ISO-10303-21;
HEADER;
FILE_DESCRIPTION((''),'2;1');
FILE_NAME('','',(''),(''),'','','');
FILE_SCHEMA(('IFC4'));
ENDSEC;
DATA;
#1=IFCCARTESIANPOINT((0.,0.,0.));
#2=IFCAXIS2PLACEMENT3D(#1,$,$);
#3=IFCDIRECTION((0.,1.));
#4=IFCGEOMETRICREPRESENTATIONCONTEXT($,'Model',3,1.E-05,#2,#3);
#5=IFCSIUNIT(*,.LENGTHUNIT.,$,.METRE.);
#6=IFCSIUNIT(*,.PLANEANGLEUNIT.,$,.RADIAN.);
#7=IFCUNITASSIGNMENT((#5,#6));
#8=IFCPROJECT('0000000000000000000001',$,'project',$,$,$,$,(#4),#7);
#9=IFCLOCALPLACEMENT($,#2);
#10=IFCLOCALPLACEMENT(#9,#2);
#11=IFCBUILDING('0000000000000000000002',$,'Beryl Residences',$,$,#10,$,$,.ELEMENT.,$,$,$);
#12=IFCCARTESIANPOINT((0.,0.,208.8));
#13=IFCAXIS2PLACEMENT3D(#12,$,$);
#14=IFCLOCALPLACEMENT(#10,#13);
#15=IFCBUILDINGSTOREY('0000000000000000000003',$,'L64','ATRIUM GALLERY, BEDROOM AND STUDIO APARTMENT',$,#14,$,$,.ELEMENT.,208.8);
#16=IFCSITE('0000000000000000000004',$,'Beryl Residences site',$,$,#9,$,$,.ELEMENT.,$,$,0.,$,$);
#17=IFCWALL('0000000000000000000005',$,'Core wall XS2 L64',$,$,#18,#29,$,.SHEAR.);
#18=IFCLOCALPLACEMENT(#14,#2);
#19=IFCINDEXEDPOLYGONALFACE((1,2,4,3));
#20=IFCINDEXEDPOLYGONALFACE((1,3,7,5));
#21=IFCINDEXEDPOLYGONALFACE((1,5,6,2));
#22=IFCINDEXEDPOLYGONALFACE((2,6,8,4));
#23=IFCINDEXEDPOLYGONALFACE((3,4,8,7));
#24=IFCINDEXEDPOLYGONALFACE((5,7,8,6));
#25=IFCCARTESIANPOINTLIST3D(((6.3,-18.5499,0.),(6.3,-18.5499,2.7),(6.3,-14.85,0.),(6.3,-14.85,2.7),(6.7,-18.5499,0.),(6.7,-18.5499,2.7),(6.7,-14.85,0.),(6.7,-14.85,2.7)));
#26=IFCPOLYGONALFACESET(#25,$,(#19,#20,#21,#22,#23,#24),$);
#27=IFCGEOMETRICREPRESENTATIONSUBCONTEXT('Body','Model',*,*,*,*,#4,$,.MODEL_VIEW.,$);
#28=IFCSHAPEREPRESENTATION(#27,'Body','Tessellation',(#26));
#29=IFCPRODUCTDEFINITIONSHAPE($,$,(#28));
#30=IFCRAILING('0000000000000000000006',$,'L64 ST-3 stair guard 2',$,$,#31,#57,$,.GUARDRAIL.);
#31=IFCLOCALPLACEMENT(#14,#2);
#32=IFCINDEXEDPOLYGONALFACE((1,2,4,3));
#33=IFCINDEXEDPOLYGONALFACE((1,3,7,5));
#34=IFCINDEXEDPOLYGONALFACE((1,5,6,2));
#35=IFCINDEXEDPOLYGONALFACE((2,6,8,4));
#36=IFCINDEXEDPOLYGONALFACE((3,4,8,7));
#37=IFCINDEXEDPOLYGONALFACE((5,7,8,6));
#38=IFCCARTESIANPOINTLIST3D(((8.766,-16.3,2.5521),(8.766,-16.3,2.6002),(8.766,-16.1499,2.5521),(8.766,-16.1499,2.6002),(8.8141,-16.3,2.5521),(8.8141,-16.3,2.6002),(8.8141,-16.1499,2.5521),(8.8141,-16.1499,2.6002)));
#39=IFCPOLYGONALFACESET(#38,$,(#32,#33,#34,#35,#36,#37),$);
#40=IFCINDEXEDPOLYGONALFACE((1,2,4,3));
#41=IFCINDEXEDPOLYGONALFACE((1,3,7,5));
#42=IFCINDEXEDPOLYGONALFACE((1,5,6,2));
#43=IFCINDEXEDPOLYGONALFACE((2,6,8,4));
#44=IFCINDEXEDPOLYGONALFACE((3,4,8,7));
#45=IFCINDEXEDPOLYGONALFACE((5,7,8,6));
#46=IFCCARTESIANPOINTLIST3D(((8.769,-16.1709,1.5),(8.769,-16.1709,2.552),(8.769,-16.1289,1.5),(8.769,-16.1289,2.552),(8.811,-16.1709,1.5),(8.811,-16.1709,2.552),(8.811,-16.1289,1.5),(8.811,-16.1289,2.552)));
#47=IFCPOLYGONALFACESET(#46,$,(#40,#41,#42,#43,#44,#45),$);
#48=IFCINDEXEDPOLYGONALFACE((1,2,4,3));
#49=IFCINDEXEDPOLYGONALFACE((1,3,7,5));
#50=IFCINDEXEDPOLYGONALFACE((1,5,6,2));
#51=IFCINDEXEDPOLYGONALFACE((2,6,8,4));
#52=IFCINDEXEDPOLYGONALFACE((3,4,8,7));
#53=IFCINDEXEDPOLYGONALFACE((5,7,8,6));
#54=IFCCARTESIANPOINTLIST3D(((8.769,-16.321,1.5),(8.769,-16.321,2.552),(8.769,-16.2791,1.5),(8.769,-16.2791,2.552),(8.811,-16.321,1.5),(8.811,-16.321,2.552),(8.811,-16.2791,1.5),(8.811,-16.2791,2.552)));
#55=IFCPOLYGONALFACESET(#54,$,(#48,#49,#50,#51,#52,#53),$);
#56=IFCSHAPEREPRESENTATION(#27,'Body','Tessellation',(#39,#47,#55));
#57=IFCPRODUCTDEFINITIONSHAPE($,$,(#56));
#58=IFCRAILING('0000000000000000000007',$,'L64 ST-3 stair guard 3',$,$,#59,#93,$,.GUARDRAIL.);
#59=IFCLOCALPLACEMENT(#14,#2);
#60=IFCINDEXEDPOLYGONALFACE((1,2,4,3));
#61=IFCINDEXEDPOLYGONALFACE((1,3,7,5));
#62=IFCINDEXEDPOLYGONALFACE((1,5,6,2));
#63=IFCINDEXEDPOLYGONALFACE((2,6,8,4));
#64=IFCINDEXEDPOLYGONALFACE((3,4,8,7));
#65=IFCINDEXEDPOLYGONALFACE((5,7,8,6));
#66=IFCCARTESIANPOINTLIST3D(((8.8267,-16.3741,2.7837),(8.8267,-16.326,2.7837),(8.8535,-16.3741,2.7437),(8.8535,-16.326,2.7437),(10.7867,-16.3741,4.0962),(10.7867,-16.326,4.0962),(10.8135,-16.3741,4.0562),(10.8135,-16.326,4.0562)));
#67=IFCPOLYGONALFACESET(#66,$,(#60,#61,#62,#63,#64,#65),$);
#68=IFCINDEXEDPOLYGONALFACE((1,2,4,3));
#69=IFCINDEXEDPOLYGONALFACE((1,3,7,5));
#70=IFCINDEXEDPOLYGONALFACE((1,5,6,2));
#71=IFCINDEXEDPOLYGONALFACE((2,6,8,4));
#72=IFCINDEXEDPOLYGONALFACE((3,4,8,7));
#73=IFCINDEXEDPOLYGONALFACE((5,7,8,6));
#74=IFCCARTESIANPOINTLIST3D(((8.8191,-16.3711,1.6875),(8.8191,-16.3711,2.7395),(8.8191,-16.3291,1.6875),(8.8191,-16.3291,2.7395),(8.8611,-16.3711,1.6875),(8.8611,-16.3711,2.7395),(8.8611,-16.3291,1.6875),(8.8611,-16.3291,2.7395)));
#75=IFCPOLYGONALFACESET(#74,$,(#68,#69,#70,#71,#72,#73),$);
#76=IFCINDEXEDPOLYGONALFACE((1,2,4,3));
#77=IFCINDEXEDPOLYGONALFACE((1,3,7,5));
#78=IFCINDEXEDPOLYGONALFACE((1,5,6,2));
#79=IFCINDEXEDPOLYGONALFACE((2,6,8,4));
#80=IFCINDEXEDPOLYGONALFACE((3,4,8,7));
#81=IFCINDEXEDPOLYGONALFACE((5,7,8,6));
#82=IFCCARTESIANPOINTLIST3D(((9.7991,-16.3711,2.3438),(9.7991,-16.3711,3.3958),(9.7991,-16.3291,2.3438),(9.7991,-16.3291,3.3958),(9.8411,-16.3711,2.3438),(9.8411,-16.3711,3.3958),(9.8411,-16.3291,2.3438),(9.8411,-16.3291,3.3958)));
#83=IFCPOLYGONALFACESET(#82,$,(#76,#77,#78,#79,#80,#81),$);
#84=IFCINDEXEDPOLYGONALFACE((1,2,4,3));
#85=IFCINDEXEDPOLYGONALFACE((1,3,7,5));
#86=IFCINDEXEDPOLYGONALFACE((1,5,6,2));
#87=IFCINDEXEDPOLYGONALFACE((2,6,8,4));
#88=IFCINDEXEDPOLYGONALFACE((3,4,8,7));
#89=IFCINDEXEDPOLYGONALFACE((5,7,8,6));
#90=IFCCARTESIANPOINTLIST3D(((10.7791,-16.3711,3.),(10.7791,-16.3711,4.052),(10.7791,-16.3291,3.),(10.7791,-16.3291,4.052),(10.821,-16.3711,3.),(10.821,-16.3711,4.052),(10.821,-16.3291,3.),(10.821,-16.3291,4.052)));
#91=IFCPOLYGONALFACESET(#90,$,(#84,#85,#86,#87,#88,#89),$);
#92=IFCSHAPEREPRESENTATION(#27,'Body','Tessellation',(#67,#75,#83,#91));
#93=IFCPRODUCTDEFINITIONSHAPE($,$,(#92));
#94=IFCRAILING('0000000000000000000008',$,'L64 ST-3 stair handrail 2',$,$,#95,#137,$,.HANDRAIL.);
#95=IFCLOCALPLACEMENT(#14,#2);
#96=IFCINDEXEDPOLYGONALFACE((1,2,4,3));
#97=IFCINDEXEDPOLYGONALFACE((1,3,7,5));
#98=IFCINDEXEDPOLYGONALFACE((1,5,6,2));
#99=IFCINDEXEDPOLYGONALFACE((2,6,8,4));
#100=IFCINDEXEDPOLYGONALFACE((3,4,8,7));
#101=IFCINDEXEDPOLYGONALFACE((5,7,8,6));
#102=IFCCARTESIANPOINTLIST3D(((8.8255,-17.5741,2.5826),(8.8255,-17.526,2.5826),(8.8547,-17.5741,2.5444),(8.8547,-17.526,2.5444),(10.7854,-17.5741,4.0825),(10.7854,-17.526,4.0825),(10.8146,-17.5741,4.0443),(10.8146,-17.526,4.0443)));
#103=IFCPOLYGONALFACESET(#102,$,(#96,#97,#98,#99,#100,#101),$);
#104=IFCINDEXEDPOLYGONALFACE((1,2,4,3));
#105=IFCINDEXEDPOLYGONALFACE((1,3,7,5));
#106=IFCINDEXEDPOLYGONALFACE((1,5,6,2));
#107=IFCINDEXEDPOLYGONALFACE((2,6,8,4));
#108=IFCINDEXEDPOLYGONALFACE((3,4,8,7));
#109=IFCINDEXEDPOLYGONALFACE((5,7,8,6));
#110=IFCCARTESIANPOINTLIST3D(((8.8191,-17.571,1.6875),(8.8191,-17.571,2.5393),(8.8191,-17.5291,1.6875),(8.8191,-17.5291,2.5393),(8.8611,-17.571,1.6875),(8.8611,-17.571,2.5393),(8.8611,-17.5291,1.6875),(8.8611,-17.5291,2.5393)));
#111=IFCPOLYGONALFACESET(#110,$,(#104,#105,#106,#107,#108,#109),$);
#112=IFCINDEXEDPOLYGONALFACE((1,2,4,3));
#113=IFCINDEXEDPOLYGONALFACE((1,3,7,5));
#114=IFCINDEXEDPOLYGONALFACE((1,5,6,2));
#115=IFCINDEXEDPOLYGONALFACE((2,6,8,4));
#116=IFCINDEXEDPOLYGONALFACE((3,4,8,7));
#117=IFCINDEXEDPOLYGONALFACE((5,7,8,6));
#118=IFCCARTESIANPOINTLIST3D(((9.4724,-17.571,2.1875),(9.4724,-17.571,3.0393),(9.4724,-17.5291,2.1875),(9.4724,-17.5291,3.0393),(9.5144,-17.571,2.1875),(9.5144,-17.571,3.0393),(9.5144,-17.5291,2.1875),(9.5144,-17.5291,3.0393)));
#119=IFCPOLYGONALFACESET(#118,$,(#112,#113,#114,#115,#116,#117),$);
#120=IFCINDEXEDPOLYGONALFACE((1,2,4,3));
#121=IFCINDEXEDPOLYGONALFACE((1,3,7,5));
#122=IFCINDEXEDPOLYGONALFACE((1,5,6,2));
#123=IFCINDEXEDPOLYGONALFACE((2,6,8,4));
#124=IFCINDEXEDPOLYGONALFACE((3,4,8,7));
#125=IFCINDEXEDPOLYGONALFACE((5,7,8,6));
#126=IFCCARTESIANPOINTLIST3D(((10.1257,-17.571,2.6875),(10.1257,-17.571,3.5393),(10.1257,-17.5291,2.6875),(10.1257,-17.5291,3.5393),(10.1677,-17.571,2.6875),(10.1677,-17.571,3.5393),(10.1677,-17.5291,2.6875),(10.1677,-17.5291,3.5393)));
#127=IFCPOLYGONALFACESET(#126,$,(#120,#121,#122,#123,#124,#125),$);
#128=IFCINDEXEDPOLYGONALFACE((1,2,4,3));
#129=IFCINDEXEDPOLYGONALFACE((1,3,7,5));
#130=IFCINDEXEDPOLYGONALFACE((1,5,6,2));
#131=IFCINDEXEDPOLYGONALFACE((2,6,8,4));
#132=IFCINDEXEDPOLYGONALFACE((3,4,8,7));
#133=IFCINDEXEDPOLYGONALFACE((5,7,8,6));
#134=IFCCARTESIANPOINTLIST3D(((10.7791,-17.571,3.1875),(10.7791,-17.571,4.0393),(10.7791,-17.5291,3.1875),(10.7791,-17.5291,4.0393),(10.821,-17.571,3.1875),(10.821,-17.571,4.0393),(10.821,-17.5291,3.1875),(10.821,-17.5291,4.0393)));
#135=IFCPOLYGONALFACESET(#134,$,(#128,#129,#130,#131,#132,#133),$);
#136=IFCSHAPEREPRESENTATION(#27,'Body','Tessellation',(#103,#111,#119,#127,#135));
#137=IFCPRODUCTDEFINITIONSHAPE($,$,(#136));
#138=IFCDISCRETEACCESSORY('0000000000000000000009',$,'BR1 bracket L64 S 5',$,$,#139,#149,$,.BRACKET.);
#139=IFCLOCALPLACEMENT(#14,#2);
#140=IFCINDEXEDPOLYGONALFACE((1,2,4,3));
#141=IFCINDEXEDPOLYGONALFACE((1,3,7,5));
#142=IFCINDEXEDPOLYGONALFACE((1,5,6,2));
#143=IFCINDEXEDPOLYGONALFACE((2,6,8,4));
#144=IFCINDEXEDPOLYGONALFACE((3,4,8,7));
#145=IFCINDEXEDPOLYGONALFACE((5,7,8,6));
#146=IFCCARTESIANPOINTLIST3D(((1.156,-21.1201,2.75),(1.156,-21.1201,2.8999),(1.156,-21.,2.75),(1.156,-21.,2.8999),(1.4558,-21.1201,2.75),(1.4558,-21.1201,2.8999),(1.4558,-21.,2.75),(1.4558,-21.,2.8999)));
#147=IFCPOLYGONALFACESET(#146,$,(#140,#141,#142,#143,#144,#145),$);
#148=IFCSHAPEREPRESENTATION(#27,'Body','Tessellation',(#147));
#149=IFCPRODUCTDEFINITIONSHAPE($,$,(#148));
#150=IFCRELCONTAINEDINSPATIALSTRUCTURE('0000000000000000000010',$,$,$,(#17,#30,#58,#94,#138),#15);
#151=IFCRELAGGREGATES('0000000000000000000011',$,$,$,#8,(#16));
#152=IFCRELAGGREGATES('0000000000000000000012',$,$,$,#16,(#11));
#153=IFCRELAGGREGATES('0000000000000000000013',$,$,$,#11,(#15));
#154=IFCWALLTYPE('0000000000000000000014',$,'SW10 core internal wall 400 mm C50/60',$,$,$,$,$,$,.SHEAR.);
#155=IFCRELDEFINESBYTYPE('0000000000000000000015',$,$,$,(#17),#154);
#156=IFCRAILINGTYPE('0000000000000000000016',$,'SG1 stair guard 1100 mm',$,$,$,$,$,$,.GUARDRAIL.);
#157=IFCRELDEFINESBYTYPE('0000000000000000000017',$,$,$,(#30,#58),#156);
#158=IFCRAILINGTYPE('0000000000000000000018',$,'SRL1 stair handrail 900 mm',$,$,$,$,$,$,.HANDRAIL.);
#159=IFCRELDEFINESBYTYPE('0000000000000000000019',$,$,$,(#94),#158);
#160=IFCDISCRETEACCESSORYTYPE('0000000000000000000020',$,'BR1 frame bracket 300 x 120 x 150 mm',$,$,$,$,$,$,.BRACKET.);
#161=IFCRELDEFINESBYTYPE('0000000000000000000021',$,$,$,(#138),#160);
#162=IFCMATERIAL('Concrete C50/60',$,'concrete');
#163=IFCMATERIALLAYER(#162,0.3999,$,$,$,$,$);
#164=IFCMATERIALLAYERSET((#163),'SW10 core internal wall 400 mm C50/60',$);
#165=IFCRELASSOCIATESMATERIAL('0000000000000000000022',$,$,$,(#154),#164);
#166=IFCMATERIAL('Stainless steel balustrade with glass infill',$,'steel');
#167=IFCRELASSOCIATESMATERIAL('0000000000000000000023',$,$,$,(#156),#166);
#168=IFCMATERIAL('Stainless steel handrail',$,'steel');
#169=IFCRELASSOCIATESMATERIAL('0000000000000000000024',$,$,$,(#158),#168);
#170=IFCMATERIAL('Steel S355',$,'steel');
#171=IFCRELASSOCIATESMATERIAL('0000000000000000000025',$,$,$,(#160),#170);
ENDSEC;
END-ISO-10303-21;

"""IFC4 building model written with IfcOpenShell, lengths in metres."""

from ifc_helpers import new_model, si_unit, direction, frame, frame_2d, origin, origin_2d, place, context, subcontext, project, spatial, polyline, rectangle, outline, extrude, source, transform, mapped, material, layer, layer_set, type_object, type_shapes, element, save


model = new_model("IFC4")

# Units and contexts
model_context = context("Model", 3, precision=1e-05, world=origin(), true_north=direction((0.0, 1.0)))
body_context = subcontext(model_context, "Body", "Model", "MODEL_VIEW")
ifc_project = project(units=[si_unit("LENGTHUNIT", "METRE"), si_unit("PLANEANGLEUNIT", "RADIAN")], contexts=[model_context])

# Site, building, storey
site_placement = place(None, origin())
site = spatial("IfcSite", under=ifc_project, at=site_placement, Name="Beryl Residences site", CompositionType="ELEMENT", RefElevation=0.0)
building_placement = place(site_placement, origin())
building = spatial("IfcBuilding", under=site, at=building_placement, Name="Beryl Residences", CompositionType="ELEMENT")
storey_placement = place(building_placement, frame((0.0, 0.0, 208.8)))
storey = spatial("IfcBuildingStorey", under=building, at=storey_placement, Name="L64", Description="ATRIUM GALLERY, BEDROOM AND STUDIO APARTMENT", CompositionType="ELEMENT", Elevation=208.8)

# Wall
ifc_material_1 = material(Name="Concrete C50/60", Category="concrete")
ifc_layer_1 = layer(ifc_material_1, 0.3999)
ifc_layer_set_1 = layer_set([ifc_layer_1], Name="SW10 core internal wall 400 mm C50/60")
wall_type_1 = type_object("IfcWallType", Name="SW10 core internal wall 400 mm C50/60", PredefinedType="SHEAR", material=ifc_layer_set_1)
wall_1_placement = place(storey_placement, frame((6.5, -18.55, 0.0), z_axis=(0.0, 0.0, 1.0), x_axis=(0.0, 1.0, 0.0)))
element("IfcWall", 1, at=wall_1_placement, inside=storey, type_object=wall_type_1, Name="Core wall XS2 L64", PredefinedType="SHEAR", context=body_context, shape_type="SweptSolid", body=[
    extrude(rectangle(XDim=3.7, YDim=0.3999, at=frame_2d((1.8501, 0.0))), origin(), (0.0, 0.0, 1.0), 2.7),
])

# Railings
ifc_material_2 = material(Name="Stainless steel balustrade with glass infill", Category="steel")
railing_type_1 = type_object("IfcRailingType", Name="SG1 stair guard 1100 mm", PredefinedType="GUARDRAIL", material=ifc_material_2)
railing_1_placement = place(storey_placement, frame((8.79, -16.1499, 1.5)))
element("IfcRailing", 2, at=railing_1_placement, inside=storey, type_object=railing_type_1, Name="L64 ST-3 stair guard 2", PredefinedType="GUARDRAIL", context=body_context, shape_type="SweptSolid", body=[
    extrude(rectangle(XDim=0.0481, YDim=0.0481, at=origin_2d()), frame((0.0, 0.0, 1.0762), z_axis=(0.0, -1.0, 0.0), x_axis=(1.0, 0.0, 0.0)), (0.0, 0.0, 1.0), 0.1501),
    extrude(rectangle(XDim=0.042, YDim=0.042, at=origin_2d()), origin(), (0.0, 0.0, 1.0), 1.052),
    extrude(rectangle(XDim=0.042, YDim=0.042, at=origin_2d()), frame((0.0, -0.1501, 0.0)), (0.0, 0.0, 1.0), 1.052),
])
railing_2_placement = place(storey_placement, frame((8.8401, -16.3501, 1.6875)))
element("IfcRailing", 3, at=railing_2_placement, inside=storey, type_object=railing_type_1, Name="L64 ST-3 stair guard 3", PredefinedType="GUARDRAIL", context=body_context, shape_type="SweptSolid", body=[
    extrude(rectangle(XDim=0.0481, YDim=0.0481, at=origin_2d()), frame((0.0, 0.0, 1.0762), z_axis=(0.830902, 0.0, 0.556419), x_axis=(0.0, 1.0, 0.0)), (0.0, 0.0, 1.0), 2.3589),
    extrude(rectangle(XDim=0.042, YDim=0.042, at=origin_2d()), origin(), (0.0, 0.0, 1.0), 1.052),
    extrude(rectangle(XDim=0.042, YDim=0.042, at=origin_2d()), frame((0.98, 0.0, 0.6562)), (0.0, 0.0, 1.0), 1.052),
    extrude(rectangle(XDim=0.042, YDim=0.042, at=origin_2d()), frame((1.96, 0.0, 1.3125)), (0.0, 0.0, 1.0), 1.052),
])
ifc_material_3 = material(Name="Stainless steel handrail", Category="steel")
railing_type_2 = type_object("IfcRailingType", Name="SRL1 stair handrail 900 mm", PredefinedType="HANDRAIL", material=ifc_material_3)
railing_3_placement = place(storey_placement, frame((8.8401, -17.55, 1.6875)))
element("IfcRailing", 4, at=railing_3_placement, inside=storey, type_object=railing_type_2, Name="L64 ST-3 stair handrail 2", PredefinedType="HANDRAIL", context=body_context, shape_type="SweptSolid", body=[
    extrude(rectangle(XDim=0.0481, YDim=0.0481, at=origin_2d()), frame((0.0, 0.0, 0.876), z_axis=(0.794122, 0.0, 0.607758), x_axis=(0.0, 1.0, 0.0)), (0.0, 0.0, 1.0), 2.468),
    extrude(rectangle(XDim=0.042, YDim=0.042, at=origin_2d()), origin(), (0.0, 0.0, 1.0), 0.8518),
    extrude(rectangle(XDim=0.042, YDim=0.042, at=origin_2d()), frame((0.6533, 0.0, 0.5)), (0.0, 0.0, 1.0), 0.8518),
    extrude(rectangle(XDim=0.042, YDim=0.042, at=origin_2d()), frame((1.3066, 0.0, 1.0)), (0.0, 0.0, 1.0), 0.8518),
    extrude(rectangle(XDim=0.042, YDim=0.042, at=origin_2d()), frame((1.96, 0.0, 1.5)), (0.0, 0.0, 1.0), 0.8518),
])

# Discrete accessory
ifc_material_4 = material(Name="Steel S355", Category="steel")
discrete_accessory_type = type_object("IfcDiscreteAccessoryType", Name="BR1 frame bracket 300 x 120 x 150 mm", PredefinedType="BRACKET", material=ifc_material_4)
shared_shape_1 = source(origin(), body_context, "Body", "SweptSolid", [
    extrude(outline(polyline([(-0.1499, 0.0), (0.1499, 0.0), (0.1499, 0.1201), (-0.1499, 0.1201), (-0.1499, 0.0)])), origin(), (0.0, 0.0, 1.0), 0.1499),
])
type_shapes(discrete_accessory_type, [shared_shape_1])
discrete_accessory_placement = place(storey_placement, frame((1.3059, -21.0, 2.75), z_axis=(0.0, 0.0, 1.0), x_axis=(-1.0, 0.0, 0.0)))
element("IfcDiscreteAccessory", 5, at=discrete_accessory_placement, inside=storey, type_object=discrete_accessory_type, Name="BR1 bracket L64 S 5", PredefinedType="BRACKET", context=body_context, shape_type="MappedRepresentation", body=[
    mapped(shared_shape_1, transform((0.0, 0.0, 0.0))),
])

save(model, "model.ifc")
